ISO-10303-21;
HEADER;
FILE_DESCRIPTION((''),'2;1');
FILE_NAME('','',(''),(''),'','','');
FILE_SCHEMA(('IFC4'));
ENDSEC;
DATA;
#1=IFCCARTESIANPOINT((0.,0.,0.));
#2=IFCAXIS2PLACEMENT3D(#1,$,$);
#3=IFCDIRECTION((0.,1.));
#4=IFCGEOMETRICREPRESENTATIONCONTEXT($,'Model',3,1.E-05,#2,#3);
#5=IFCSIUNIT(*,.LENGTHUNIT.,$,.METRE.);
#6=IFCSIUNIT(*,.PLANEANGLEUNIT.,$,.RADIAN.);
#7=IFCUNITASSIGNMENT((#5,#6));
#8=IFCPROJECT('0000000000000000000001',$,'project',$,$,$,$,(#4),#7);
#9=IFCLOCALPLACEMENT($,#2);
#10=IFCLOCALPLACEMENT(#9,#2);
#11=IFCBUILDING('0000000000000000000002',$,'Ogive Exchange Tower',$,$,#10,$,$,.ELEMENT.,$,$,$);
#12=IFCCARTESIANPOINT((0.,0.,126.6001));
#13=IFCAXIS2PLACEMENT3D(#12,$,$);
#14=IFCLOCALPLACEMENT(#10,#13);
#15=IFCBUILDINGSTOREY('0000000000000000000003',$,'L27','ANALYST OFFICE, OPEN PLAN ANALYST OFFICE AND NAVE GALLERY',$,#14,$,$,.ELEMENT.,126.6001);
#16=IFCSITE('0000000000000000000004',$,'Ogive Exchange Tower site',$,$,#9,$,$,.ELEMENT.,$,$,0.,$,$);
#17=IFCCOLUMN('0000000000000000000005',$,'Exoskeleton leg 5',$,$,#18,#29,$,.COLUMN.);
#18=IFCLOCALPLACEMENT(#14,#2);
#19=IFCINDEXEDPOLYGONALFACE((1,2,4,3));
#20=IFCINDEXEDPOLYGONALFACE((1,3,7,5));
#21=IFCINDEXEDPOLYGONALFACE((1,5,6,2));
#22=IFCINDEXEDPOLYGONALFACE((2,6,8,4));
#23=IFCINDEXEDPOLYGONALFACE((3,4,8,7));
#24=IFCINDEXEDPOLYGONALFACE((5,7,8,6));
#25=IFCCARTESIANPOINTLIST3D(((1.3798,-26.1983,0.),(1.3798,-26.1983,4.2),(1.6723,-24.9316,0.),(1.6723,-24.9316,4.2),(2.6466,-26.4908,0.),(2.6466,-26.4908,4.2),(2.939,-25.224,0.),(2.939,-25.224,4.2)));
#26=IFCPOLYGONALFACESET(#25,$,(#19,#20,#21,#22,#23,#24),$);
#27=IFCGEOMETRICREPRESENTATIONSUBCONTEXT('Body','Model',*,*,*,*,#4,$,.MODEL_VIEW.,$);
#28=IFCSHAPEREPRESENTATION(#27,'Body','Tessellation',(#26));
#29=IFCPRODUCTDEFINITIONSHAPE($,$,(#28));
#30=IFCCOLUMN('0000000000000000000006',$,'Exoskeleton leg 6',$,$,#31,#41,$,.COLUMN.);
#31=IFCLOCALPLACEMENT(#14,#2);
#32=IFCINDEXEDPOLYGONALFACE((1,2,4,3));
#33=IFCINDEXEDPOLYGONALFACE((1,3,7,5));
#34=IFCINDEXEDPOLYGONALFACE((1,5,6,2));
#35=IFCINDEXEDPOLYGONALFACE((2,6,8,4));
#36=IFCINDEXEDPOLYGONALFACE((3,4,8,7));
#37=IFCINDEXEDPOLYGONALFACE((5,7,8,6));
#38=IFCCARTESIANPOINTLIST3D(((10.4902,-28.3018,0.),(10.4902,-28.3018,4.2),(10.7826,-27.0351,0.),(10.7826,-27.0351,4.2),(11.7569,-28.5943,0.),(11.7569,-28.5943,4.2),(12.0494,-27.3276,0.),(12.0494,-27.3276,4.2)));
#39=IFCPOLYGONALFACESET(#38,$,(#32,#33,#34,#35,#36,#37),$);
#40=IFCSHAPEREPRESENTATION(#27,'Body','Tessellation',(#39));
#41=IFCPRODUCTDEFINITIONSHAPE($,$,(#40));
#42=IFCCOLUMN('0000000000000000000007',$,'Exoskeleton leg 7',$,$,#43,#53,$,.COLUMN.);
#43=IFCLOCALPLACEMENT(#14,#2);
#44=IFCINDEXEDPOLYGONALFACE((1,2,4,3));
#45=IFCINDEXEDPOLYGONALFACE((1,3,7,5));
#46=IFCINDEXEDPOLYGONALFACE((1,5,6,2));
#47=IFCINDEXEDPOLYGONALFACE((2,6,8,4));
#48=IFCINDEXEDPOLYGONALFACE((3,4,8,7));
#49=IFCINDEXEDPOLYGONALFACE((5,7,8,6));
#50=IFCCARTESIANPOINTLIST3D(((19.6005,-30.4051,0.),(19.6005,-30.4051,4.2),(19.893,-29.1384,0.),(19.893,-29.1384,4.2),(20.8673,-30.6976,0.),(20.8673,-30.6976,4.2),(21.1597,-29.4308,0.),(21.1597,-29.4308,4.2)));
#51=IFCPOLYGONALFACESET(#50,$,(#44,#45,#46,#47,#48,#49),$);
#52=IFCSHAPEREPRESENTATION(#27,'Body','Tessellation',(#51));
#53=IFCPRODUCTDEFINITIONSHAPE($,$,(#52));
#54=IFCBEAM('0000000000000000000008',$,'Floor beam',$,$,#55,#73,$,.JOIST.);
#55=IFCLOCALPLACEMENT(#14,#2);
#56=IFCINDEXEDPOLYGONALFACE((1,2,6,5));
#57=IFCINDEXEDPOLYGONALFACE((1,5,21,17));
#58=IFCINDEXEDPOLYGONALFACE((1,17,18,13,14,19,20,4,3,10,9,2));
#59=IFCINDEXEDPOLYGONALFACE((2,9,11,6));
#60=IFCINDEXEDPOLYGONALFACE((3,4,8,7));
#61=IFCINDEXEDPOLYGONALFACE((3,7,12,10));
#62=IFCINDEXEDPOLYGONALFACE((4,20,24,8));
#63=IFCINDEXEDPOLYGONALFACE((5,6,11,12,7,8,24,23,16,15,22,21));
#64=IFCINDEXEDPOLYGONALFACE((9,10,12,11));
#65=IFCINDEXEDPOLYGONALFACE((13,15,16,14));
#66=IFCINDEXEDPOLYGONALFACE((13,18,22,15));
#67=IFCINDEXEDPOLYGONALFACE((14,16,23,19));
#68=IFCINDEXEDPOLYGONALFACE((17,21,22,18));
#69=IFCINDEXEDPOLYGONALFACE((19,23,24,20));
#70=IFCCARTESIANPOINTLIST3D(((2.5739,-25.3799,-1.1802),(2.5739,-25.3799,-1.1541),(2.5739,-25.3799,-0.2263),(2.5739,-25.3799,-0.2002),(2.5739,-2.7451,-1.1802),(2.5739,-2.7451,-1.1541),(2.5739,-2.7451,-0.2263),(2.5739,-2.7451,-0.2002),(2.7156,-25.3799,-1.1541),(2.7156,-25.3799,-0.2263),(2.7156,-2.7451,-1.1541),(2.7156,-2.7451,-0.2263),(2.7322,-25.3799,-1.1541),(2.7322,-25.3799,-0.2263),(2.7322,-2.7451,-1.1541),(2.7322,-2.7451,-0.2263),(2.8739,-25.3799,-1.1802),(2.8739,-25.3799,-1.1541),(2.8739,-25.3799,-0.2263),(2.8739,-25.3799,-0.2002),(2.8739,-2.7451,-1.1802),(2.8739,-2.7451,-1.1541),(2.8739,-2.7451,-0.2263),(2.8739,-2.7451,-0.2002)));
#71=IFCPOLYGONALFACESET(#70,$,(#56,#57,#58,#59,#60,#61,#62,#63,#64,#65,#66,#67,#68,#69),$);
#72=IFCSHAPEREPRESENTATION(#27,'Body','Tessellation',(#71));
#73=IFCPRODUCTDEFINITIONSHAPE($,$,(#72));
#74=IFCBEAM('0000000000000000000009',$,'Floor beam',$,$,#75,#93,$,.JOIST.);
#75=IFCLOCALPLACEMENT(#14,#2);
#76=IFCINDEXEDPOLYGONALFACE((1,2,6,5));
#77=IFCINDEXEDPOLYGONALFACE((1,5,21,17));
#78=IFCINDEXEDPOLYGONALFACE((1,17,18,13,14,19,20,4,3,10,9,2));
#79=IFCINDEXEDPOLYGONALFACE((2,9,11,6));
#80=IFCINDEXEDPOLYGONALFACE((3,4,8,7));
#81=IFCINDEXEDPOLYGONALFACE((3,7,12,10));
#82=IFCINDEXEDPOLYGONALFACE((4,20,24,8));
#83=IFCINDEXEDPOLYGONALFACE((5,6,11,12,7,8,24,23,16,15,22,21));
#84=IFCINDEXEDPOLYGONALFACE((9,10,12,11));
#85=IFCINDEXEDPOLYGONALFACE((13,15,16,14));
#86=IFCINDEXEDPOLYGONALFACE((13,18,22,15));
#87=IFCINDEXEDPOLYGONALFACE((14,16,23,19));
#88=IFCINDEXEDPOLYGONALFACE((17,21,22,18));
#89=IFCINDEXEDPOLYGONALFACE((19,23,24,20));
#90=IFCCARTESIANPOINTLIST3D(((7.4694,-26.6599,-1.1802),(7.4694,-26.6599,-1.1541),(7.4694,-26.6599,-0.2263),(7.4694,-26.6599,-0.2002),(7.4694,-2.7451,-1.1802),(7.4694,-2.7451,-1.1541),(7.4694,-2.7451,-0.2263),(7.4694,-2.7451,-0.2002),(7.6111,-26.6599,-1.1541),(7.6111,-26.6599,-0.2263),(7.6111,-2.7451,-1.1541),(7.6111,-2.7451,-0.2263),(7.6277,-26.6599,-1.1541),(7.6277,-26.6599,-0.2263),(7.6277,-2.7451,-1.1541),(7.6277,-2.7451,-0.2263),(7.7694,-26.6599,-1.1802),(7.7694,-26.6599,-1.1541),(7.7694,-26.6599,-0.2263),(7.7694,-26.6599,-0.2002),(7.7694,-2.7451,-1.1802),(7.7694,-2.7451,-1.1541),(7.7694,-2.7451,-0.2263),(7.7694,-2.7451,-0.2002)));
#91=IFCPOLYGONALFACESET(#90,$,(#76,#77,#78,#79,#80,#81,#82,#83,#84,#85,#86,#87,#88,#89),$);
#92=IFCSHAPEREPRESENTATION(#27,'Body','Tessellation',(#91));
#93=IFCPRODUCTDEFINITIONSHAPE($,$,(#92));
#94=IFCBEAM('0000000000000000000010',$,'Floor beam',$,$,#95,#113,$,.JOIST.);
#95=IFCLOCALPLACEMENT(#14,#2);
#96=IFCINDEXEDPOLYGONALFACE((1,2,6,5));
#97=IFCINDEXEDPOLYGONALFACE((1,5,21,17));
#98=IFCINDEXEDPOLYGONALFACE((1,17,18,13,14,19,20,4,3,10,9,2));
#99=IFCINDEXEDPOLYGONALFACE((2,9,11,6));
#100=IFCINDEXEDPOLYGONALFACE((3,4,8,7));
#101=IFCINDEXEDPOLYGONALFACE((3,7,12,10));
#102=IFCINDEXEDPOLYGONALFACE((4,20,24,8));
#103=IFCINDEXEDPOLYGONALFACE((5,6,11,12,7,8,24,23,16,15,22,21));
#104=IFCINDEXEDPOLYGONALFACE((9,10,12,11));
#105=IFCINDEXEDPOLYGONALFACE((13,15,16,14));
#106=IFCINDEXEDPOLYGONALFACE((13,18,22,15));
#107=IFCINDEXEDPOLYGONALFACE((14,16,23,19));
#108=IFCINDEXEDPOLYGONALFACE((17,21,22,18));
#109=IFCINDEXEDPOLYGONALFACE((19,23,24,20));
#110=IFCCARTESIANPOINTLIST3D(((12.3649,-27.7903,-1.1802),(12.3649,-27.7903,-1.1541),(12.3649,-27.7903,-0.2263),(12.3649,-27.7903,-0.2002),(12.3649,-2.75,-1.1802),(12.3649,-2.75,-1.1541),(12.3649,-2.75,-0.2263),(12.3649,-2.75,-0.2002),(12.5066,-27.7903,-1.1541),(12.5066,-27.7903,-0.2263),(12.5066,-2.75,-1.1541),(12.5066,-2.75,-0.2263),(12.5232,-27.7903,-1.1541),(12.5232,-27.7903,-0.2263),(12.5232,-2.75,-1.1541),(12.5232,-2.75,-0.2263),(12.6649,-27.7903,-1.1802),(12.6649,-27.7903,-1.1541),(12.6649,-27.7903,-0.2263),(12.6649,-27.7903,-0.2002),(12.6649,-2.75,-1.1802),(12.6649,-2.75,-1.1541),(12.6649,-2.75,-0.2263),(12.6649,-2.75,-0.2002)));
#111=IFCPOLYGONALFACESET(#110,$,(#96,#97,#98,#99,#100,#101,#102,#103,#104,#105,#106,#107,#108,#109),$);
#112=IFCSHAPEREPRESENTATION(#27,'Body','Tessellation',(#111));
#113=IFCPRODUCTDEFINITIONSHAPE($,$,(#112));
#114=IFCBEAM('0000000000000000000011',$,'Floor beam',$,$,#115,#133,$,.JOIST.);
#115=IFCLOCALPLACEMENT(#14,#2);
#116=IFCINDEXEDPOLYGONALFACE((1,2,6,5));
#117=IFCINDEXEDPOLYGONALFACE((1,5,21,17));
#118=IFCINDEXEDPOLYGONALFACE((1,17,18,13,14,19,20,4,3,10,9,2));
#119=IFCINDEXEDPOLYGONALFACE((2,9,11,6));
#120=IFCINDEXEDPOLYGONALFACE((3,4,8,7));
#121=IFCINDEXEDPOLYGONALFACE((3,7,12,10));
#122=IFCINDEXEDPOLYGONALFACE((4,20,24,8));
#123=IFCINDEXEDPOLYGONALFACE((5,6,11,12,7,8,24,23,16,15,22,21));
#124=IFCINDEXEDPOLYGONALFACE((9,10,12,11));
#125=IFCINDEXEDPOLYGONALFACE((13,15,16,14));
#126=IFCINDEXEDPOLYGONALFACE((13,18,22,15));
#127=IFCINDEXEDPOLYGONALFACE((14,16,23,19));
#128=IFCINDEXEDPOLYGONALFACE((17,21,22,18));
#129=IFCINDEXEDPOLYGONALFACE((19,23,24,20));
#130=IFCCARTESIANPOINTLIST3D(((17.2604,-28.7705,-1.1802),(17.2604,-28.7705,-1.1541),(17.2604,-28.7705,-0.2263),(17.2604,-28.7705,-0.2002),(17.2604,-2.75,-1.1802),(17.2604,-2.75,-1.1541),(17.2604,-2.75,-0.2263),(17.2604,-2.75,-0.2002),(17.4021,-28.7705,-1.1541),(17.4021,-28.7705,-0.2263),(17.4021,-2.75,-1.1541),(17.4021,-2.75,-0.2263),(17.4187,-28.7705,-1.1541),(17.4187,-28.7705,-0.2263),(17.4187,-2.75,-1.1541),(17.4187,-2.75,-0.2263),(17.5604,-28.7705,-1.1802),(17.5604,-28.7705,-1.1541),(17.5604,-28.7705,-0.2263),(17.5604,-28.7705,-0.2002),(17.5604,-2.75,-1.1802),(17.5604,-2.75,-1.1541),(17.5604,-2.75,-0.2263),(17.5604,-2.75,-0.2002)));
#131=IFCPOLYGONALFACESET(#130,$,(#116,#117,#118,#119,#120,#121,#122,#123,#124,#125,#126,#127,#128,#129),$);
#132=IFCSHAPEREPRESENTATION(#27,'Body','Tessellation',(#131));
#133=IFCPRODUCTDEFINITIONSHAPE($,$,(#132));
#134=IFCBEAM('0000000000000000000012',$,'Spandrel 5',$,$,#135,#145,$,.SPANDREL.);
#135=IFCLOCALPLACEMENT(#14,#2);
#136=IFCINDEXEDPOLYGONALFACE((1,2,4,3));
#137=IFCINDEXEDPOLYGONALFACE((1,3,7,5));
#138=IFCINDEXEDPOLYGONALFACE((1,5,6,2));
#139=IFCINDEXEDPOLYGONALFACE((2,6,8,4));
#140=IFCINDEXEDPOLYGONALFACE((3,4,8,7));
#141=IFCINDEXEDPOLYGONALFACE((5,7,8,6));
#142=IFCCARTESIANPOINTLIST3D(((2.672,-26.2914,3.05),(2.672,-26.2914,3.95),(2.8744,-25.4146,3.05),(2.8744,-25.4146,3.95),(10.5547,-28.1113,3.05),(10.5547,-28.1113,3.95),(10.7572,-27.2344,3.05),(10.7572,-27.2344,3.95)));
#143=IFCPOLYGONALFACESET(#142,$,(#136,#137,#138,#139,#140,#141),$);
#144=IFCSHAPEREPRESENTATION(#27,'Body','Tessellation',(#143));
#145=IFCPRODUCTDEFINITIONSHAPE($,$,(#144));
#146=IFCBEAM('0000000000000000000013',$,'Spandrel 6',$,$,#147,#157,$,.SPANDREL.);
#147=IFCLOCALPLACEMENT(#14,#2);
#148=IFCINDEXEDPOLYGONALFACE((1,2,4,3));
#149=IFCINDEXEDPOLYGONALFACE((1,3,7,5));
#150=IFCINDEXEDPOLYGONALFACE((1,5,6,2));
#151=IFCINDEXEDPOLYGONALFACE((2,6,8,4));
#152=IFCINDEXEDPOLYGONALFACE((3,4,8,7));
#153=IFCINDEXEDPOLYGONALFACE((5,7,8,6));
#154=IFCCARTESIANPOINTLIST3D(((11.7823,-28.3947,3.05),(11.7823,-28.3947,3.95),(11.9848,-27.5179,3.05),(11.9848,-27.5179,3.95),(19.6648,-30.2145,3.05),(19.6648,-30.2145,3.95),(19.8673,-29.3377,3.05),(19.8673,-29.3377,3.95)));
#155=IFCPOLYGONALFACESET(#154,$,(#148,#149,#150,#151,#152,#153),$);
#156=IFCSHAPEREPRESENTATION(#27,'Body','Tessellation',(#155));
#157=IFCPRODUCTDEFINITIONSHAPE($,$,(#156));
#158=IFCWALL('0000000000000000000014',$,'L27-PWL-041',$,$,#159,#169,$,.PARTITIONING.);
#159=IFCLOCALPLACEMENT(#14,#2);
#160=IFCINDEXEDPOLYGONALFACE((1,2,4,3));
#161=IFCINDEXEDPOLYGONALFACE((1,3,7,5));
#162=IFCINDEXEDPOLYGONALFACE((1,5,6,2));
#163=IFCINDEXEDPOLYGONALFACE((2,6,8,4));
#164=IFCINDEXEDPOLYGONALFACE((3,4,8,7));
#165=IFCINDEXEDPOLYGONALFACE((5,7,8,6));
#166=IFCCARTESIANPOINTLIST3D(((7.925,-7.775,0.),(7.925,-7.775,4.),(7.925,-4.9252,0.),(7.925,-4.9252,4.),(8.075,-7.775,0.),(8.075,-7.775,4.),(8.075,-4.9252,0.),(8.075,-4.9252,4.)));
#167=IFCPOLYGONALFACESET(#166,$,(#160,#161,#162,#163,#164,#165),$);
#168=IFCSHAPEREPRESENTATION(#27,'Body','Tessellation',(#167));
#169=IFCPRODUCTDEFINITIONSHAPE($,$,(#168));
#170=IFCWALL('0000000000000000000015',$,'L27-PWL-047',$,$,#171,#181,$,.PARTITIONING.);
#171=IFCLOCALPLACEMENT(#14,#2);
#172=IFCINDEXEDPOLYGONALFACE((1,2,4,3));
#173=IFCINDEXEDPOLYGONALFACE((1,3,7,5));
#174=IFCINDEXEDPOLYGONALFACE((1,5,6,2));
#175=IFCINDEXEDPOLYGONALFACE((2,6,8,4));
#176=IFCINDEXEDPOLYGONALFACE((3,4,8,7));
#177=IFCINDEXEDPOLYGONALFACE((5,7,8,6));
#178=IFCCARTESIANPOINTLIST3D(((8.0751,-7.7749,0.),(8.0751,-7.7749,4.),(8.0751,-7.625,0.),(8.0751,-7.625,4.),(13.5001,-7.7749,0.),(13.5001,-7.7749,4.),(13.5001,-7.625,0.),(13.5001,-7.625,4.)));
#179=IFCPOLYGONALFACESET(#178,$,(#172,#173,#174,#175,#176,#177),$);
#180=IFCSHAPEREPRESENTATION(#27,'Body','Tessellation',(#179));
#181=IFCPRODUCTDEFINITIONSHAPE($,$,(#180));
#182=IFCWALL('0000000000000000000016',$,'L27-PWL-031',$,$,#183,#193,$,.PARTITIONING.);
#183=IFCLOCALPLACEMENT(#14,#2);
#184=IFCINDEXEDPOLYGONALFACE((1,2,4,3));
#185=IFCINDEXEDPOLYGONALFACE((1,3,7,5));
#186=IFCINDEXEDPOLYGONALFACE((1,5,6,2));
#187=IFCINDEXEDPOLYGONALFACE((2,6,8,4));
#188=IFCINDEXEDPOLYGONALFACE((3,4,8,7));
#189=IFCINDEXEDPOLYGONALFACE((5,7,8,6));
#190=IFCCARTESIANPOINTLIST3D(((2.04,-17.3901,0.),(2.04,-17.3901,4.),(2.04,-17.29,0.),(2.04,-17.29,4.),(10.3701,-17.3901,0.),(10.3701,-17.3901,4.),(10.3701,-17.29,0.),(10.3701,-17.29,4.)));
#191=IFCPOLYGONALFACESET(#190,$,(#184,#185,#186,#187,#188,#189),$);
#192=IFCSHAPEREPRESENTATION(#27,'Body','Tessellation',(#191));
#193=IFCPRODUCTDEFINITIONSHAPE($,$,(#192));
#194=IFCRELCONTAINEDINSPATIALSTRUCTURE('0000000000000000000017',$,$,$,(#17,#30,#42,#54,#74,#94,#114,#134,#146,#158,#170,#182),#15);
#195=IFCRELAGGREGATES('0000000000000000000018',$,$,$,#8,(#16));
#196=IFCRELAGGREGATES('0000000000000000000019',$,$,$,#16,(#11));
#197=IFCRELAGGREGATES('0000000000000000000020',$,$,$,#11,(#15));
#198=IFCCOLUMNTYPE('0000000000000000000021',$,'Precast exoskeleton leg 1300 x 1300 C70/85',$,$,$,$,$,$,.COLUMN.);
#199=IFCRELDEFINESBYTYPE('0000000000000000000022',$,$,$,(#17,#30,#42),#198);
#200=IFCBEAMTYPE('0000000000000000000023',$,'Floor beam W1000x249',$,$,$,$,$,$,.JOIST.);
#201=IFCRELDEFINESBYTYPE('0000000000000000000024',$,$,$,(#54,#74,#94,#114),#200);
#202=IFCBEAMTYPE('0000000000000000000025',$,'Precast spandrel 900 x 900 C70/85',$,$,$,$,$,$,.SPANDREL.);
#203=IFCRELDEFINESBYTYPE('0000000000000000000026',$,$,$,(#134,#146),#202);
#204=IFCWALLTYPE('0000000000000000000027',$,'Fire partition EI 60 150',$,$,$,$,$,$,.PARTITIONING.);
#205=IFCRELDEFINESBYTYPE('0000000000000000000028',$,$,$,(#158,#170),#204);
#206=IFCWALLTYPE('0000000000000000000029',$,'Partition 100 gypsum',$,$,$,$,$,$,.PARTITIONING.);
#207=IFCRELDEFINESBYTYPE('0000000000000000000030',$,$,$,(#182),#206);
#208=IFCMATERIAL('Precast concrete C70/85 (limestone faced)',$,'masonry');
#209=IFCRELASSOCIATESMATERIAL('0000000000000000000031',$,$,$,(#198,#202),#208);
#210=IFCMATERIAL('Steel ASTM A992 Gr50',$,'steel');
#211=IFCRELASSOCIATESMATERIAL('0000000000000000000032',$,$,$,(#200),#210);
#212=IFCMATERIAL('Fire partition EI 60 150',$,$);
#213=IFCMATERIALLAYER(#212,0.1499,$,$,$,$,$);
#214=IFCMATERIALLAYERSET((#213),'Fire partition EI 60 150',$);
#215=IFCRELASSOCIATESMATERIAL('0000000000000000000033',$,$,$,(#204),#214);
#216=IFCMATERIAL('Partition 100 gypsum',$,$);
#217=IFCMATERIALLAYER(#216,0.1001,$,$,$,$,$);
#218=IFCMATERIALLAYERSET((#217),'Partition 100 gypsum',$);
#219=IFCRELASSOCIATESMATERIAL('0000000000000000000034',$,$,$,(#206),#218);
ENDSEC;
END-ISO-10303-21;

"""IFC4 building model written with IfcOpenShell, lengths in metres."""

from ifc_helpers import new_model, si_unit, direction, frame, frame_2d, origin, origin_2d, place, context, subcontext, project, spatial, rectangle, i_section, extrude, material, layer, layer_set, material_profile, profile_set, type_object, element, save


model = new_model("IFC4")

# Units and contexts
model_context = context("Model", 3, precision=1e-05, world=origin(), true_north=direction((0.0, 1.0)))
body_context = subcontext(model_context, "Body", "Model", "MODEL_VIEW")
ifc_project = project(units=[si_unit("LENGTHUNIT", "METRE"), si_unit("PLANEANGLEUNIT", "RADIAN")], contexts=[model_context])

# Site, building, storey
site_placement = place(None, origin())
site = spatial("IfcSite", under=ifc_project, at=site_placement, Name="Ogive Exchange Tower site", CompositionType="ELEMENT", RefElevation=0.0)
building_placement = place(site_placement, origin())
building = spatial("IfcBuilding", under=site, at=building_placement, Name="Ogive Exchange Tower", CompositionType="ELEMENT")
storey_placement = place(building_placement, frame((0.0, 0.0, 126.6001)))
storey = spatial("IfcBuildingStorey", under=building, at=storey_placement, Name="L27", Description="ANALYST OFFICE, OPEN PLAN ANALYST OFFICE AND NAVE GALLERY", CompositionType="ELEMENT", Elevation=126.6001)

# Columns
ifc_material_1 = material(Name="Precast concrete C70/85 (limestone faced)", Category="masonry")
ifc_material_profile_1 = material_profile(ifc_material_1, rectangle(XDim=1.3, YDim=1.3, at=origin_2d()), Name="1300 x 1300")
ifc_profile_set_1 = profile_set([ifc_material_profile_1], Name="Precast concrete C70/85 (limestone faced)")
column_type = type_object("IfcColumnType", Name="Precast exoskeleton leg 1300 x 1300 C70/85", PredefinedType="COLUMN", material=ifc_profile_set_1)
for number, where, z_axis, x_axis, name in (
    (1, (2.1594, -25.7112, 0.0), (0.0, 0.0, 1.0), (0.97437, -0.224951, 0.0), "Exoskeleton leg 5"),
    (2, (11.2698, -27.8147, 0.0), (0.0, 0.0, 1.0), (0.97437, -0.224951, 0.0), "Exoskeleton leg 6"),
    (3, (20.3801, -29.918, 0.0), (0.0, 0.0, 1.0), (0.97437, -0.224951, 0.0), "Exoskeleton leg 7"),
):
    element("IfcColumn", number, at=place(storey_placement, frame(where, z_axis=z_axis, x_axis=x_axis)), inside=storey, type_object=column_type, Name=name, PredefinedType="COLUMN", context=body_context, shape_type="SweptSolid", body=[
        extrude(rectangle(XDim=1.3, YDim=1.3, at=origin_2d()), origin(), (0.0, 0.0, 1.0), 4.2),
    ])

# Beams
ifc_material_2 = material(Name="Steel ASTM A992 Gr50", Category="steel")
ifc_material_profile_2 = material_profile(ifc_material_2, i_section(OverallWidth=0.3, OverallDepth=0.98, WebThickness=0.0166, FlangeThickness=0.0261, at=origin_2d()), Name="W1000x249")
ifc_profile_set_2 = profile_set([ifc_material_profile_2], Name="Steel ASTM A992 Gr50")
beam_type_1 = type_object("IfcBeamType", Name="Floor beam W1000x249", PredefinedType="JOIST", material=ifc_profile_set_2)
beam_1_placement = place(storey_placement, frame((2.7239, -25.3799, -0.6902), z_axis=(0.0, 1.0, 0.0), x_axis=(-1.0, 0.0, 0.0)))
element("IfcBeam", 4, at=beam_1_placement, inside=storey, type_object=beam_type_1, Name="Floor beam", PredefinedType="JOIST", context=body_context, shape_type="SweptSolid", body=[
    extrude(i_section(OverallWidth=0.3, OverallDepth=0.98, WebThickness=0.0166, FlangeThickness=0.0261, at=origin_2d()), origin(), (0.0, 0.0, 1.0), 22.6348),
])
beam_2_placement = place(storey_placement, frame((7.6194, -26.6599, -0.6902), z_axis=(0.0, 1.0, 0.0), x_axis=(-1.0, 0.0, 0.0)))
element("IfcBeam", 5, at=beam_2_placement, inside=storey, type_object=beam_type_1, Name="Floor beam", PredefinedType="JOIST", context=body_context, shape_type="SweptSolid", body=[
    extrude(i_section(OverallWidth=0.3, OverallDepth=0.98, WebThickness=0.0166, FlangeThickness=0.0261, at=origin_2d()), origin(), (0.0, 0.0, 1.0), 23.9148),
])
beam_3_placement = place(storey_placement, frame((12.5149, -27.7903, -0.6902), z_axis=(0.0, 1.0, 0.0), x_axis=(-1.0, 0.0, 0.0)))
element("IfcBeam", 6, at=beam_3_placement, inside=storey, type_object=beam_type_1, Name="Floor beam", PredefinedType="JOIST", context=body_context, shape_type="SweptSolid", body=[
    extrude(i_section(OverallWidth=0.3, OverallDepth=0.98, WebThickness=0.0166, FlangeThickness=0.0261, at=origin_2d()), origin(), (0.0, 0.0, 1.0), 25.0403),
])
beam_4_placement = place(storey_placement, frame((17.4104, -28.7705, -0.6902), z_axis=(0.0, 1.0, 0.0), x_axis=(-1.0, 0.0, 0.0)))
element("IfcBeam", 7, at=beam_4_placement, inside=storey, type_object=beam_type_1, Name="Floor beam", PredefinedType="JOIST", context=body_context, shape_type="SweptSolid", body=[
    extrude(i_section(OverallWidth=0.3, OverallDepth=0.98, WebThickness=0.0166, FlangeThickness=0.0261, at=origin_2d()), origin(), (0.0, 0.0, 1.0), 26.0205),
])
ifc_material_profile_3 = material_profile(ifc_material_1, rectangle(XDim=0.8999, YDim=0.8999, at=origin_2d()), Name="900 x 900")
ifc_profile_set_3 = profile_set([ifc_material_profile_3], Name="Precast concrete C70/85 (limestone faced)")
beam_type_2 = type_object("IfcBeamType", Name="Precast spandrel 900 x 900 C70/85", PredefinedType="SPANDREL", material=ifc_profile_set_3)
beam_5_placement = place(storey_placement, frame((2.7732, -25.853, 3.5), z_axis=(0.974372, -0.224943, 0.0), x_axis=(0.224943, 0.974372, 0.0)))
element("IfcBeam", 8, at=beam_5_placement, inside=storey, type_object=beam_type_2, Name="Spandrel 5", PredefinedType="SPANDREL", context=body_context, shape_type="SweptSolid", body=[
    extrude(rectangle(XDim=0.8999, YDim=0.8999, at=origin_2d()), origin(), (0.0, 0.0, 1.0), 8.0901),
])
beam_6_placement = place(storey_placement, frame((11.8835, -27.9563, 3.5), z_axis=(0.97437, -0.22495, 0.0), x_axis=(0.22495, 0.97437, 0.0)))
element("IfcBeam", 9, at=beam_6_placement, inside=storey, type_object=beam_type_2, Name="Spandrel 6", PredefinedType="SPANDREL", context=body_context, shape_type="SweptSolid", body=[
    extrude(rectangle(XDim=0.8999, YDim=0.8999, at=origin_2d()), origin(), (0.0, 0.0, 1.0), 8.0898),
])

# Walls
ifc_material_3 = material(Name="Fire partition EI 60 150")
ifc_layer_1 = layer(ifc_material_3, 0.1499)
ifc_layer_set_1 = layer_set([ifc_layer_1], Name="Fire partition EI 60 150")
wall_type_1 = type_object("IfcWallType", Name="Fire partition EI 60 150", PredefinedType="PARTITIONING", material=ifc_layer_set_1)
wall_1_placement = place(storey_placement, frame((8.0, -7.7749, 0.0), z_axis=(0.0, 0.0, 1.0), x_axis=(0.0, 1.0, 0.0)))
element("IfcWall", 10, at=wall_1_placement, inside=storey, type_object=wall_type_1, Name="L27-PWL-041", PredefinedType="PARTITIONING", context=body_context, shape_type="SweptSolid", body=[
    extrude(rectangle(XDim=2.8499, YDim=0.1499, at=frame_2d((1.4248, 0.0))), origin(), (0.0, 0.0, 1.0), 4.0),
])
wall_2_placement = place(storey_placement, frame((13.5, -7.7, 0.0), z_axis=(0.0, 0.0, 1.0), x_axis=(-1.0, 0.0, 0.0)))
element("IfcWall", 11, at=wall_2_placement, inside=storey, type_object=wall_type_1, Name="L27-PWL-047", PredefinedType="PARTITIONING", context=body_context, shape_type="SweptSolid", body=[
    extrude(rectangle(XDim=5.425, YDim=0.1499, at=frame_2d((2.7124, 0.0))), origin(), (0.0, 0.0, 1.0), 4.0),
])
ifc_material_4 = material(Name="Partition 100 gypsum")
ifc_layer_2 = layer(ifc_material_4, 0.1001)
ifc_layer_set_2 = layer_set([ifc_layer_2], Name="Partition 100 gypsum")
wall_type_2 = type_object("IfcWallType", Name="Partition 100 gypsum", PredefinedType="PARTITIONING", material=ifc_layer_set_2)
wall_3_placement = place(storey_placement, frame((2.04, -17.3401, 0.0), z_axis=(0.0, 0.0, 1.0), x_axis=(1.0, 0.0, 0.0)))
element("IfcWall", 12, at=wall_3_placement, inside=storey, type_object=wall_type_2, Name="L27-PWL-031", PredefinedType="PARTITIONING", context=body_context, shape_type="SweptSolid", body=[
    extrude(rectangle(XDim=8.3301, YDim=0.1001, at=frame_2d((4.165, 0.0))), origin(), (0.0, 0.0, 1.0), 4.0),
])

save(model, "model.ifc")
